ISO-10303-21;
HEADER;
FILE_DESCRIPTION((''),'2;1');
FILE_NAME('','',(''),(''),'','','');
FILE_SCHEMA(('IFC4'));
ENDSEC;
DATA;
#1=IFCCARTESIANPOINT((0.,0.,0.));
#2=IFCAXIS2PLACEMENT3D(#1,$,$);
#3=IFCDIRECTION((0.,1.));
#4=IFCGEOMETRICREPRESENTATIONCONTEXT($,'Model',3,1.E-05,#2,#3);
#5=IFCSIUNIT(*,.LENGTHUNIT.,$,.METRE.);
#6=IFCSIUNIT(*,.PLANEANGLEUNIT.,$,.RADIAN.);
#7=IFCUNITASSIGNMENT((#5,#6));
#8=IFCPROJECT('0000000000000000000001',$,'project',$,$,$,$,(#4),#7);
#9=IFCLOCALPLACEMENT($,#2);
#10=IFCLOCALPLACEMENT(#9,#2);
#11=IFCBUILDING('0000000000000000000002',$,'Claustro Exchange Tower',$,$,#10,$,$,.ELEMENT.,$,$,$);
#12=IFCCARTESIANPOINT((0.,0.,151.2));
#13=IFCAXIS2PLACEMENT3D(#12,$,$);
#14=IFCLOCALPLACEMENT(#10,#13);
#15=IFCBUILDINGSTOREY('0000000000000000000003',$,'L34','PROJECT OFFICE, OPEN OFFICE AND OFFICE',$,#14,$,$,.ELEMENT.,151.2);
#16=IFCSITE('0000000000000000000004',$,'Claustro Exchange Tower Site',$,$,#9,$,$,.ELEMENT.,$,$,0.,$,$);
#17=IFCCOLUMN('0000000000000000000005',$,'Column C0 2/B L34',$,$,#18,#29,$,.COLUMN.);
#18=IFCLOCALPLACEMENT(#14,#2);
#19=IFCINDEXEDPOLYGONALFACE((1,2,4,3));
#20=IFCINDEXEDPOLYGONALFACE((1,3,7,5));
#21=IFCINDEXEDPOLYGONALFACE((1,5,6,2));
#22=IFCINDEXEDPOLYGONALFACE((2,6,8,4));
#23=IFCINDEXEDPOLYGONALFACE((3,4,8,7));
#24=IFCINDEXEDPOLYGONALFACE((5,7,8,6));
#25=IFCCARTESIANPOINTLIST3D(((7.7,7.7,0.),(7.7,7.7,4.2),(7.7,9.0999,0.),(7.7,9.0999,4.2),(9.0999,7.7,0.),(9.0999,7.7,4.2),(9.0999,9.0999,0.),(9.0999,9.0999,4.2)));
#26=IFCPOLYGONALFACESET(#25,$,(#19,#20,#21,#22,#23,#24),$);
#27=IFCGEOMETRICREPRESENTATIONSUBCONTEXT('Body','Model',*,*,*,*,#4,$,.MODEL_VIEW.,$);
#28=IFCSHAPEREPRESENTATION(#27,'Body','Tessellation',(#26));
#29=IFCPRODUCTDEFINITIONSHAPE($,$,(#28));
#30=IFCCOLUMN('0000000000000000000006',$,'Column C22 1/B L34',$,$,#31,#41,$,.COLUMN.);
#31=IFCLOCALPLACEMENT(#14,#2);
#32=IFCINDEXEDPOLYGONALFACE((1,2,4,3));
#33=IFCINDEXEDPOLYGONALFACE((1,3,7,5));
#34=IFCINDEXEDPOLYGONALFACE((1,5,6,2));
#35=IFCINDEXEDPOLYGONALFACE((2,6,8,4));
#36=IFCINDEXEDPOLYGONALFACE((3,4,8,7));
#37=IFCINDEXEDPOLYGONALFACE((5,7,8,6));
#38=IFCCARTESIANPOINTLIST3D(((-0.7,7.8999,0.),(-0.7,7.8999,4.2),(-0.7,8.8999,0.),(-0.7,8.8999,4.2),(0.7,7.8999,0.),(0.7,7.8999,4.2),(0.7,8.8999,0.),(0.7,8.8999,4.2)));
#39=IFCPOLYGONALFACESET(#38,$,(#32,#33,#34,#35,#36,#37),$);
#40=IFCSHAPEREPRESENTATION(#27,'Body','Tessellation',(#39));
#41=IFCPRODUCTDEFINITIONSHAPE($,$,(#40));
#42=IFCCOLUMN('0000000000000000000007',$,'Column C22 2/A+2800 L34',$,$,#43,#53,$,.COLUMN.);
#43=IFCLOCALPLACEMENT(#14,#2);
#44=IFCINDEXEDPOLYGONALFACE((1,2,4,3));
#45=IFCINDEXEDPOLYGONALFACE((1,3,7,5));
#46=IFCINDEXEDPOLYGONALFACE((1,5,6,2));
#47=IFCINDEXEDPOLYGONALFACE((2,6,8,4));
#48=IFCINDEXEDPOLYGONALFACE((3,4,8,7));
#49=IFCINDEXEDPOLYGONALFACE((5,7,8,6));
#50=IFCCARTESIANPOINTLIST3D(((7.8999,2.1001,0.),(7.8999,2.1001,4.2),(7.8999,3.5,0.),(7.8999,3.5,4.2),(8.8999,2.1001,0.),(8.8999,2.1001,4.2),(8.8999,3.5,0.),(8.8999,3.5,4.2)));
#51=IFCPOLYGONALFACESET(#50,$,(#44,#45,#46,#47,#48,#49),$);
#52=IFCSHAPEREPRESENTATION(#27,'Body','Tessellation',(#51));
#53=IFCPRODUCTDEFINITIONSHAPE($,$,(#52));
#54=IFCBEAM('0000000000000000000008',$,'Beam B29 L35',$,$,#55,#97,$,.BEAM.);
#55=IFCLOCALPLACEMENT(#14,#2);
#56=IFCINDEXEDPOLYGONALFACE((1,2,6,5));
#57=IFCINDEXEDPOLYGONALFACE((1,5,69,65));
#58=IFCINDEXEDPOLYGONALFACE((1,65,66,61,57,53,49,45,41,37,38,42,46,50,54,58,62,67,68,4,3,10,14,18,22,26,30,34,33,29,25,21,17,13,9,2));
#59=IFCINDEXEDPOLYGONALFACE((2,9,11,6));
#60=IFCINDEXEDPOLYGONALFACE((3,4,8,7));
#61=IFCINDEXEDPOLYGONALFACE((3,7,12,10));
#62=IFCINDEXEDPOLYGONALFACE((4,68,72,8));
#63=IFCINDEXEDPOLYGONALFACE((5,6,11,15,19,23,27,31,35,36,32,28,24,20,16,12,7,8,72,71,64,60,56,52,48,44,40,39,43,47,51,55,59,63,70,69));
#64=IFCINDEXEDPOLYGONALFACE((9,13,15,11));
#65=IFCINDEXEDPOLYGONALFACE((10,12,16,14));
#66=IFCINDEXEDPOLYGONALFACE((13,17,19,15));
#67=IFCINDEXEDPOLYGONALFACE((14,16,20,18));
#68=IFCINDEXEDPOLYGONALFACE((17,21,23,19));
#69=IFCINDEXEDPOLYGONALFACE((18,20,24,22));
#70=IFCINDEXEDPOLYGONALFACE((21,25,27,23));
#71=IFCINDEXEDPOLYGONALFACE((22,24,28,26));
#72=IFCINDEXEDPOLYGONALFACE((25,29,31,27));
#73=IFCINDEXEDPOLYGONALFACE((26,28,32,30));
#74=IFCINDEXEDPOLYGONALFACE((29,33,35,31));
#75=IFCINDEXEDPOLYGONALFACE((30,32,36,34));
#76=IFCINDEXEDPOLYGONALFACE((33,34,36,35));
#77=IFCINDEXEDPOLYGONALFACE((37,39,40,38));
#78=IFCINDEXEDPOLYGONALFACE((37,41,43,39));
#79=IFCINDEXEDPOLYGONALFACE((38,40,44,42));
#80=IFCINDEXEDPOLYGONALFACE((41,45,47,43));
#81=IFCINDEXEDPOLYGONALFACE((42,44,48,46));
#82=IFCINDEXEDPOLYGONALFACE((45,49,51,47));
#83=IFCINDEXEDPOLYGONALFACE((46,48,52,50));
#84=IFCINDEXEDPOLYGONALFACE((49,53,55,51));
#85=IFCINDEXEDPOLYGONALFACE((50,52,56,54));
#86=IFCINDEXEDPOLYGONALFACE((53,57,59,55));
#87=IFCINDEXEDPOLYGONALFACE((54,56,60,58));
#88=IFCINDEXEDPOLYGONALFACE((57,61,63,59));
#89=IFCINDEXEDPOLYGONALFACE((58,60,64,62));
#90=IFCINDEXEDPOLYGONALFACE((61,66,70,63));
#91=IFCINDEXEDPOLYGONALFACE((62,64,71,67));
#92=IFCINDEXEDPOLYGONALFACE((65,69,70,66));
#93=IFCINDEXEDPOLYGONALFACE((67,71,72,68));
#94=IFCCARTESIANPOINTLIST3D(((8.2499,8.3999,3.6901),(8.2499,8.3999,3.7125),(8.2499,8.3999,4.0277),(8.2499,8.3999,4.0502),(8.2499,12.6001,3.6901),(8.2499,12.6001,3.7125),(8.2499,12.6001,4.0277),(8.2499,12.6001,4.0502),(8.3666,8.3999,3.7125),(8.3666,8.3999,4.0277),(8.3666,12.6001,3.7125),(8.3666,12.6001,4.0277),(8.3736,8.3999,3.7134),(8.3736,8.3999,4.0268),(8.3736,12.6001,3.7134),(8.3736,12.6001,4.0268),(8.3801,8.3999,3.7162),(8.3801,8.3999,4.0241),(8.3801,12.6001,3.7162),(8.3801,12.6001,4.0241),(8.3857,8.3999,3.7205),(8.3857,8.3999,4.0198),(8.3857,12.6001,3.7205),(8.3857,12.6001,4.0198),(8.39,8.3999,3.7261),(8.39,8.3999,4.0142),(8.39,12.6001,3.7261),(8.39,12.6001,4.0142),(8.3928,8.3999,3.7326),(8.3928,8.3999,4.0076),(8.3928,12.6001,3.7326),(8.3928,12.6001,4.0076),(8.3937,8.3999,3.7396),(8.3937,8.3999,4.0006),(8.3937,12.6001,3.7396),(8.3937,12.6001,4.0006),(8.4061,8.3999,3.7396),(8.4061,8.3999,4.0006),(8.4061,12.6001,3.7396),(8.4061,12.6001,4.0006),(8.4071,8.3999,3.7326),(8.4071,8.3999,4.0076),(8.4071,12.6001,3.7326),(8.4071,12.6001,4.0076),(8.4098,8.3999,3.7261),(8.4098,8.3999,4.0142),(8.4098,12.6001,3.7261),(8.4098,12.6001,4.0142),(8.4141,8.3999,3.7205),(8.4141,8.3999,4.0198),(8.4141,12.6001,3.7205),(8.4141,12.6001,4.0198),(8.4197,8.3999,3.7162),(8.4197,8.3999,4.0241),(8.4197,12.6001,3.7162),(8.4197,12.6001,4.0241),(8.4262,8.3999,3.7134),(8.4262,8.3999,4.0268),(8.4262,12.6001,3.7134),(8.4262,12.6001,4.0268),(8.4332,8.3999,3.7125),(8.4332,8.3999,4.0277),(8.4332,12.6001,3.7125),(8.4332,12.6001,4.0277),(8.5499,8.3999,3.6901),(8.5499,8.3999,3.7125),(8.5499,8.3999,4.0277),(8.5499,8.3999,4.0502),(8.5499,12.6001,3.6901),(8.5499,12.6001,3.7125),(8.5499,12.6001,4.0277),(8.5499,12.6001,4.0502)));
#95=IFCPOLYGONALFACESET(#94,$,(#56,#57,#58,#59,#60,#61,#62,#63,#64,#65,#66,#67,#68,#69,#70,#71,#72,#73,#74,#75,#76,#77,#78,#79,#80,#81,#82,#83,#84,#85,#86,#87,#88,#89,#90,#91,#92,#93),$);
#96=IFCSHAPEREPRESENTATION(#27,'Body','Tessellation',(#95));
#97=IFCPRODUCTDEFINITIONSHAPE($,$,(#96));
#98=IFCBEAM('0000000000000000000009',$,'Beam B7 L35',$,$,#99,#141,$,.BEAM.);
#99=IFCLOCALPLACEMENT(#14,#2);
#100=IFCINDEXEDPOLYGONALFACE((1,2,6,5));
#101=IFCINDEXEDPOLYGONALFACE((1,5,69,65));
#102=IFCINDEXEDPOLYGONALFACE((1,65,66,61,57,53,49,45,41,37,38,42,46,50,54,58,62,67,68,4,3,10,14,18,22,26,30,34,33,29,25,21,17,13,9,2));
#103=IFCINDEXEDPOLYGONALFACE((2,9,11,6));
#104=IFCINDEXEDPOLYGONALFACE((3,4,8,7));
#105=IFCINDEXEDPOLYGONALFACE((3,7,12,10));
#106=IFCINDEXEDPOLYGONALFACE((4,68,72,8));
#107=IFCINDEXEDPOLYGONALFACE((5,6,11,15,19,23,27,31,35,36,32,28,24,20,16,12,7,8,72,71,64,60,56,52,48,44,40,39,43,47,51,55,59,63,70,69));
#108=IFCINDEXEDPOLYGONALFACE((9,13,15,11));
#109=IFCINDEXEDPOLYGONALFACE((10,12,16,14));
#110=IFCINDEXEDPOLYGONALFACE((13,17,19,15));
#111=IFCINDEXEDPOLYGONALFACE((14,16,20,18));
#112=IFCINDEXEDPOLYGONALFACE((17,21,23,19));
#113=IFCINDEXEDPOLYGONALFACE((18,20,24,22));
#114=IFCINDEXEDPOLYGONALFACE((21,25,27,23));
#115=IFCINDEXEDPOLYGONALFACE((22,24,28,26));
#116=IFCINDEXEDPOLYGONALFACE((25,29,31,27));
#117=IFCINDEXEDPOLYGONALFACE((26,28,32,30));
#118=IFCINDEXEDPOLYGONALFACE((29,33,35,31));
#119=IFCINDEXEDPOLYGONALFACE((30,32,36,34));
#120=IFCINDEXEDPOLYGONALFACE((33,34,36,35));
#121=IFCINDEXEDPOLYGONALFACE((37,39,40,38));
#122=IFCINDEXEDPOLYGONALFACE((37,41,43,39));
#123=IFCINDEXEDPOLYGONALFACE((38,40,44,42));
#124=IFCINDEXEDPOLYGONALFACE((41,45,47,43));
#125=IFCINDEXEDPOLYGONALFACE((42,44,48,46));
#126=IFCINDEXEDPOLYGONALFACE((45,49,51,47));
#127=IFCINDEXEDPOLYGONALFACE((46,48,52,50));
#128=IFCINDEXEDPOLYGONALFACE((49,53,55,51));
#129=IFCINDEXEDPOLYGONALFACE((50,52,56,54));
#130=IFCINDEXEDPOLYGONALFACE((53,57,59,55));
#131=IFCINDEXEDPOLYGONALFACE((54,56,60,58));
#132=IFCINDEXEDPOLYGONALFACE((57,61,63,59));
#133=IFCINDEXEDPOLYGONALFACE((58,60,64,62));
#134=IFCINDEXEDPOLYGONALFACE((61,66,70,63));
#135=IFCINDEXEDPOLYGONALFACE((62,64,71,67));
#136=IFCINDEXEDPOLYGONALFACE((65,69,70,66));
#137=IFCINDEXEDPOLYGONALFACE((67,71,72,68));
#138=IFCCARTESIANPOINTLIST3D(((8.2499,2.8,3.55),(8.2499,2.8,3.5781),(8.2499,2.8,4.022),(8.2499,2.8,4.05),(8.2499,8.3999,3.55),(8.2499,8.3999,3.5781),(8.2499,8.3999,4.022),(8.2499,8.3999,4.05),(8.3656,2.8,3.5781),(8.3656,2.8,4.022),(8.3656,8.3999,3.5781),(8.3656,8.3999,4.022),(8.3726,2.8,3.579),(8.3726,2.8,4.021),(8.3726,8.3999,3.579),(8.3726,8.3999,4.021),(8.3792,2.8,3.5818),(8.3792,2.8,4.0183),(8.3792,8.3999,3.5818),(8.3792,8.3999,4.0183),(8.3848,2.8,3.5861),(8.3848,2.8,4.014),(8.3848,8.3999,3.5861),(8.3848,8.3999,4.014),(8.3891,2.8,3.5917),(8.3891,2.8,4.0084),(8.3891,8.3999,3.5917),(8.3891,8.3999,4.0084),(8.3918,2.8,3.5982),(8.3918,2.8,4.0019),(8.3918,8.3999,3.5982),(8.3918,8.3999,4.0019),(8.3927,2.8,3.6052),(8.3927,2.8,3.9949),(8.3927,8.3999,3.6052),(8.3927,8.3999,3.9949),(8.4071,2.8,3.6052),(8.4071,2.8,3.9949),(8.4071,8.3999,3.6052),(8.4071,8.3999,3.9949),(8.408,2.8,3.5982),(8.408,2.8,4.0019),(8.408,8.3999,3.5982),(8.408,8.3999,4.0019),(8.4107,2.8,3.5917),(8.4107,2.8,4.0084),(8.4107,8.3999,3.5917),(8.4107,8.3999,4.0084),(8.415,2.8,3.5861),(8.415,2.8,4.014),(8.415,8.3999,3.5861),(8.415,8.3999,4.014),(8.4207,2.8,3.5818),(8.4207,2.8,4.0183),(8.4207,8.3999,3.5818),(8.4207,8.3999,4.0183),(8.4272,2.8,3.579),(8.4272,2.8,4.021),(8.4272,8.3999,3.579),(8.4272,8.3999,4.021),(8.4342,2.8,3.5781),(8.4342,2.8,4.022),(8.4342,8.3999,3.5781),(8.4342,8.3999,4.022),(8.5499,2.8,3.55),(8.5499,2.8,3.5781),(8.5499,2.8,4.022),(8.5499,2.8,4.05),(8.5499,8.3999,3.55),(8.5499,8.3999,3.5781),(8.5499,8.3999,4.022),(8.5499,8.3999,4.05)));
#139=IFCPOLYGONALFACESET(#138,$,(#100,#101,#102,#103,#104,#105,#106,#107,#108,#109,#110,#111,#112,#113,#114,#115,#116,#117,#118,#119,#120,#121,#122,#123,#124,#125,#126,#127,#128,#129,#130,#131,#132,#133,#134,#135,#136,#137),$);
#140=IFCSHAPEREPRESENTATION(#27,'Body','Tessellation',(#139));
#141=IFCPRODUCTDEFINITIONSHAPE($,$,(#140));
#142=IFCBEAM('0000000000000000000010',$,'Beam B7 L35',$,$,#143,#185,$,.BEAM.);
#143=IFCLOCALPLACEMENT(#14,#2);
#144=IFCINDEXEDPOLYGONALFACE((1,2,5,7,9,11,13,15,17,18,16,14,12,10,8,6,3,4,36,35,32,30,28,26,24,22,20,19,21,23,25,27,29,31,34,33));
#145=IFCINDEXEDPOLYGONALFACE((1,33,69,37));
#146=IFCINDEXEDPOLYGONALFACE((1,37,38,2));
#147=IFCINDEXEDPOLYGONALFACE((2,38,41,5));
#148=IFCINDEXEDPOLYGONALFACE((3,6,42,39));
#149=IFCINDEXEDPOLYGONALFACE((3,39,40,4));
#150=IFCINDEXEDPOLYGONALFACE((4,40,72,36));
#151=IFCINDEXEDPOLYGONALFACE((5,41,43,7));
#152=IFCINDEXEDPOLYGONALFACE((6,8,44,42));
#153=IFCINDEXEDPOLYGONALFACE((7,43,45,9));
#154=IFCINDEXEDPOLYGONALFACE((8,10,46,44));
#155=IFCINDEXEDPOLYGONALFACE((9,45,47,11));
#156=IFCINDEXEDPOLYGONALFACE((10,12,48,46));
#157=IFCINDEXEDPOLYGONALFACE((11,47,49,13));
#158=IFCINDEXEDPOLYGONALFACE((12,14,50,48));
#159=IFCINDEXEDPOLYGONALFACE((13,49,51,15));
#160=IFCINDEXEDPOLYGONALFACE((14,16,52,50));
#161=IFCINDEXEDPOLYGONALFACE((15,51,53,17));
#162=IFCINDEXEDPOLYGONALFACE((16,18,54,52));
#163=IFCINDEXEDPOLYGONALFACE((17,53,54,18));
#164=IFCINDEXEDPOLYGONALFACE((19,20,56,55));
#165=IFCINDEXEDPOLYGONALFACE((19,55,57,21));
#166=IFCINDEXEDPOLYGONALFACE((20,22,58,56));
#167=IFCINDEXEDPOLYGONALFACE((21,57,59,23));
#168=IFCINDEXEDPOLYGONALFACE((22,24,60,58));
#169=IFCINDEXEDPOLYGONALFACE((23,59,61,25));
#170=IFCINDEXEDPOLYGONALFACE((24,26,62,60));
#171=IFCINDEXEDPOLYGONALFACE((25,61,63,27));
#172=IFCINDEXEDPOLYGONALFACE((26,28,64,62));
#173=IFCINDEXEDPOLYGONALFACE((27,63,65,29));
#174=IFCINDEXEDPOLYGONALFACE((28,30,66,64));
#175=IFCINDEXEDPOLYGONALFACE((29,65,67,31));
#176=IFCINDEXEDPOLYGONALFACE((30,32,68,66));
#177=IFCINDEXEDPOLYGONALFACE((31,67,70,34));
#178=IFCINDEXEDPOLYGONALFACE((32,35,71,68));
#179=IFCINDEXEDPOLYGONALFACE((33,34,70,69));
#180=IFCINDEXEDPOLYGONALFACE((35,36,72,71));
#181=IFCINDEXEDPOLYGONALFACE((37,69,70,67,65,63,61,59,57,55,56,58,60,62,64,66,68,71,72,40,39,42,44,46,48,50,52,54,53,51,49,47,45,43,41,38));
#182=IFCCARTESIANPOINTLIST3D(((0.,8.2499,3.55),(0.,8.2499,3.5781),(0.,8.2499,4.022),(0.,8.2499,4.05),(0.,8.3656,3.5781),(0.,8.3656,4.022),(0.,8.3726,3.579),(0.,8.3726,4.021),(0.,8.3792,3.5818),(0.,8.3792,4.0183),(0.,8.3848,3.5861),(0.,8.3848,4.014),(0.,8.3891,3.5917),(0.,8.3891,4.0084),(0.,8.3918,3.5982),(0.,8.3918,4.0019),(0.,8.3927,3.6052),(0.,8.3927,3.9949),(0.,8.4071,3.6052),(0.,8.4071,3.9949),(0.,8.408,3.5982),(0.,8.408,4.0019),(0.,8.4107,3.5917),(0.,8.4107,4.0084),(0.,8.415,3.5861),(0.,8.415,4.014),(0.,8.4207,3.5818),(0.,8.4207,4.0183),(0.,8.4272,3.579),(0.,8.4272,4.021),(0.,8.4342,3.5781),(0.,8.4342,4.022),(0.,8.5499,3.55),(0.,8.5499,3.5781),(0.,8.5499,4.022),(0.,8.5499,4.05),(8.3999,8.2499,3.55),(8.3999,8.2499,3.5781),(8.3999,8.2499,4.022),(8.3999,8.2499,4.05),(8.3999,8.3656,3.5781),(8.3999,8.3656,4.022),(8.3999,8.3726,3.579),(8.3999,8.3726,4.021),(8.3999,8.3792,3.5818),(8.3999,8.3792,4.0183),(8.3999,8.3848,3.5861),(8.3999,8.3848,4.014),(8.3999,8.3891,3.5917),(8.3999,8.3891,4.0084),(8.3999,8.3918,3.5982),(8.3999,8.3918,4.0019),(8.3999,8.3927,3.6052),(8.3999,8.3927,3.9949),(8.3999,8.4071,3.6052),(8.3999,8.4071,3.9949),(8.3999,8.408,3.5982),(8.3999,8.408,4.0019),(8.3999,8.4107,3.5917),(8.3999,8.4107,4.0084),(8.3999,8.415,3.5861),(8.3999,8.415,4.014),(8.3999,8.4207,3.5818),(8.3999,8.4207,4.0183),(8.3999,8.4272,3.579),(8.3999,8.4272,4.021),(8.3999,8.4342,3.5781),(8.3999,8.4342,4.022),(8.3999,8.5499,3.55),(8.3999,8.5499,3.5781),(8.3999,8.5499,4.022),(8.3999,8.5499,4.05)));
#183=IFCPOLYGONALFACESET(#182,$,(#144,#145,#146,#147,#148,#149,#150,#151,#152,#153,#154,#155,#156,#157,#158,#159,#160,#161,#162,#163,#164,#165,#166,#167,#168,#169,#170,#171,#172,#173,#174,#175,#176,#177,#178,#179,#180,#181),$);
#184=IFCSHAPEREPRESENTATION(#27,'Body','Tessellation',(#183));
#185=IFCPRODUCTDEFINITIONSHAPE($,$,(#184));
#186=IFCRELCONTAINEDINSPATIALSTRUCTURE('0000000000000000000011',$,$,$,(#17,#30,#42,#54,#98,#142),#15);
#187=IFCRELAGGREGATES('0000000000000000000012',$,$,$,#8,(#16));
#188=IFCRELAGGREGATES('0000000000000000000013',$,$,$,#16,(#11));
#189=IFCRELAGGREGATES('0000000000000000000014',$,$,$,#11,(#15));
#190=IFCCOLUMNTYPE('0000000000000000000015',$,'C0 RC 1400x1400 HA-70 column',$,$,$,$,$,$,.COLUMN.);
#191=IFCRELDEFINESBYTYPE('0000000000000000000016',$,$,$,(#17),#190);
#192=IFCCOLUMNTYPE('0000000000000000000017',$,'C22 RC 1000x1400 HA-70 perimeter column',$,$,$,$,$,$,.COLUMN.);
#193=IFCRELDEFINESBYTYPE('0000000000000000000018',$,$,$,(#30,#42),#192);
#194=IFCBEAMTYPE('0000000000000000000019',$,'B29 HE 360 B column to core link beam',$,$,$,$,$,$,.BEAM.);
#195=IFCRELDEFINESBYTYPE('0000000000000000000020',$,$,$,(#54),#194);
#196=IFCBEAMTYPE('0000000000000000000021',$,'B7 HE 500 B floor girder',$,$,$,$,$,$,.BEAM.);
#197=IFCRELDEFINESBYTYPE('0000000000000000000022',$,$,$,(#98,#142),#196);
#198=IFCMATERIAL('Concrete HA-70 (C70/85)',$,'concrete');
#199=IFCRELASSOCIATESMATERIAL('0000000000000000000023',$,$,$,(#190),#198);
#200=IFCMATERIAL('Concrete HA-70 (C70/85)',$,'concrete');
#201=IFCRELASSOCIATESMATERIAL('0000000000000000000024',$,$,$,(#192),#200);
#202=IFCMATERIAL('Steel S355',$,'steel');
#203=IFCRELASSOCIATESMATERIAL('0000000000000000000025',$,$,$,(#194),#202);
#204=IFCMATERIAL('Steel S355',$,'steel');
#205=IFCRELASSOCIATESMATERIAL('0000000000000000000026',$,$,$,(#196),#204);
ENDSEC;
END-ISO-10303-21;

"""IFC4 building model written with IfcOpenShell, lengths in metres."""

from ifc_helpers import new_model, si_unit, direction, frame, origin, origin_2d, place, context, subcontext, project, spatial, rectangle, i_section, extrude, material, material_profile, profile_set, type_object, element, save


model = new_model("IFC4")

# Units and contexts
model_context = context("Model", 3, precision=1e-05, world=origin(), true_north=direction((0.0, 1.0)))
body_context = subcontext(model_context, "Body", "Model", "MODEL_VIEW")
ifc_project = project(units=[si_unit("LENGTHUNIT", "METRE"), si_unit("PLANEANGLEUNIT", "RADIAN")], contexts=[model_context])

# Site, building, storey
site_placement = place(None, origin())
site = spatial("IfcSite", under=ifc_project, at=site_placement, Name="Claustro Exchange Tower Site", CompositionType="ELEMENT", RefElevation=0.0)
building_placement = place(site_placement, origin())
building = spatial("IfcBuilding", under=site, at=building_placement, Name="Claustro Exchange Tower", CompositionType="ELEMENT")
storey_placement = place(building_placement, frame((0.0, 0.0, 151.2)))
storey = spatial("IfcBuildingStorey", under=building, at=storey_placement, Name="L34", Description="PROJECT OFFICE, OPEN OFFICE AND OFFICE", CompositionType="ELEMENT", Elevation=151.2)

# Columns
ifc_material_1 = material(Name="Concrete HA-70 (C70/85)", Category="concrete")
ifc_material_profile_1 = material_profile(ifc_material_1, rectangle(XDim=1.3999, YDim=1.3999, at=origin_2d()), Name="RC 1400x1400")
ifc_profile_set_1 = profile_set([ifc_material_profile_1], Name="Concrete HA-70 (C70/85)")
column_type_1 = type_object("IfcColumnType", Name="C0 RC 1400x1400 HA-70 column", PredefinedType="COLUMN", material=ifc_profile_set_1)
column_placement = place(storey_placement, frame((8.3999, 8.3999, 0.0), z_axis=(0.0, 0.0, 1.0), x_axis=(1.0, 0.0, 0.0)))
element("IfcColumn", 1, at=column_placement, inside=storey, type_object=column_type_1, Name="Column C0 2/B L34", PredefinedType="COLUMN", context=body_context, shape_type="SweptSolid", body=[
    extrude(rectangle(XDim=1.3999, YDim=1.3999, at=origin_2d()), origin(), (0.0, 0.0, 1.0), 4.2),
])
ifc_material_2 = material(Name="Concrete HA-70 (C70/85)", Category="concrete")
ifc_material_profile_2 = material_profile(ifc_material_2, rectangle(XDim=1.0, YDim=1.3999, at=origin_2d()), Name="RC 1000x1400")
ifc_profile_set_2 = profile_set([ifc_material_profile_2], Name="Concrete HA-70 (C70/85)")
column_type_2 = type_object("IfcColumnType", Name="C22 RC 1000x1400 HA-70 perimeter column", PredefinedType="COLUMN", material=ifc_profile_set_2)
for number, where, z_axis, x_axis, name in (
    (2, (0.0, 8.3999, 0.0), (0.0, 0.0, 1.0), (0.0, 1.0, 0.0), "Column C22 1/B L34"),
    (3, (8.3999, 2.8, 0.0), (0.0, 0.0, 1.0), (1.0, 0.0, 0.0), "Column C22 2/A+2800 L34"),
):
    element("IfcColumn", number, at=place(storey_placement, frame(where, z_axis=z_axis, x_axis=x_axis)), inside=storey, type_object=column_type_2, Name=name, PredefinedType="COLUMN", context=body_context, shape_type="SweptSolid", body=[
        extrude(rectangle(XDim=1.0, YDim=1.3999, at=origin_2d()), origin(), (0.0, 0.0, 1.0), 4.2),
    ])

# Beams
ifc_material_3 = material(Name="Steel S355", Category="steel")
ifc_material_profile_3 = material_profile(ifc_material_3, i_section(OverallWidth=0.3, OverallDepth=0.3601, WebThickness=0.0125, FlangeThickness=0.0225, FilletRadius=0.0271, at=origin_2d()), Name="HE 360 B")
ifc_profile_set_3 = profile_set([ifc_material_profile_3], Name="Steel S355")
beam_type_1 = type_object("IfcBeamType", Name="B29 HE 360 B column to core link beam", PredefinedType="BEAM", material=ifc_profile_set_3)
beam_1_placement = place(storey_placement, frame((8.3999, 8.3999, 3.8701), z_axis=(0.0, 1.0, 0.0), x_axis=(-1.0, 0.0, 0.0)))
element("IfcBeam", 4, at=beam_1_placement, inside=storey, type_object=beam_type_1, Name="Beam B29 L35", PredefinedType="BEAM", context=body_context, shape_type="SweptSolid", body=[
    extrude(i_section(OverallWidth=0.3, OverallDepth=0.3601, WebThickness=0.0125, FlangeThickness=0.0225, FilletRadius=0.0271, at=origin_2d()), origin(), (0.0, 0.0, 1.0), 4.2002),
])
ifc_material_4 = material(Name="Steel S355", Category="steel")
ifc_material_profile_4 = material_profile(ifc_material_4, i_section(OverallWidth=0.3, OverallDepth=0.5, WebThickness=0.0144, FlangeThickness=0.0281, FilletRadius=0.0271, at=origin_2d()), Name="HE 500 B")
ifc_profile_set_4 = profile_set([ifc_material_profile_4], Name="Steel S355")
beam_type_2 = type_object("IfcBeamType", Name="B7 HE 500 B floor girder", PredefinedType="BEAM", material=ifc_profile_set_4)
beam_2_placement = place(storey_placement, frame((8.3999, 2.8, 3.8), z_axis=(0.0, 1.0, 0.0), x_axis=(-1.0, 0.0, 0.0)))
element("IfcBeam", 5, at=beam_2_placement, inside=storey, type_object=beam_type_2, Name="Beam B7 L35", PredefinedType="BEAM", context=body_context, shape_type="SweptSolid", body=[
    extrude(i_section(OverallWidth=0.3, OverallDepth=0.5, WebThickness=0.0144, FlangeThickness=0.0281, FilletRadius=0.0271, at=origin_2d()), origin(), (0.0, 0.0, 1.0), 5.5999),
])
beam_3_placement = place(storey_placement, frame((0.0, 8.3999, 3.8), z_axis=(1.0, 0.0, 0.0), x_axis=(0.0, 1.0, 0.0)))
element("IfcBeam", 6, at=beam_3_placement, inside=storey, type_object=beam_type_2, Name="Beam B7 L35", PredefinedType="BEAM", context=body_context, shape_type="SweptSolid", body=[
    extrude(i_section(OverallWidth=0.3, OverallDepth=0.5, WebThickness=0.0144, FlangeThickness=0.0281, FilletRadius=0.0271, at=origin_2d()), origin(), (0.0, 0.0, 1.0), 8.3999),
])

save(model, "model.ifc")
